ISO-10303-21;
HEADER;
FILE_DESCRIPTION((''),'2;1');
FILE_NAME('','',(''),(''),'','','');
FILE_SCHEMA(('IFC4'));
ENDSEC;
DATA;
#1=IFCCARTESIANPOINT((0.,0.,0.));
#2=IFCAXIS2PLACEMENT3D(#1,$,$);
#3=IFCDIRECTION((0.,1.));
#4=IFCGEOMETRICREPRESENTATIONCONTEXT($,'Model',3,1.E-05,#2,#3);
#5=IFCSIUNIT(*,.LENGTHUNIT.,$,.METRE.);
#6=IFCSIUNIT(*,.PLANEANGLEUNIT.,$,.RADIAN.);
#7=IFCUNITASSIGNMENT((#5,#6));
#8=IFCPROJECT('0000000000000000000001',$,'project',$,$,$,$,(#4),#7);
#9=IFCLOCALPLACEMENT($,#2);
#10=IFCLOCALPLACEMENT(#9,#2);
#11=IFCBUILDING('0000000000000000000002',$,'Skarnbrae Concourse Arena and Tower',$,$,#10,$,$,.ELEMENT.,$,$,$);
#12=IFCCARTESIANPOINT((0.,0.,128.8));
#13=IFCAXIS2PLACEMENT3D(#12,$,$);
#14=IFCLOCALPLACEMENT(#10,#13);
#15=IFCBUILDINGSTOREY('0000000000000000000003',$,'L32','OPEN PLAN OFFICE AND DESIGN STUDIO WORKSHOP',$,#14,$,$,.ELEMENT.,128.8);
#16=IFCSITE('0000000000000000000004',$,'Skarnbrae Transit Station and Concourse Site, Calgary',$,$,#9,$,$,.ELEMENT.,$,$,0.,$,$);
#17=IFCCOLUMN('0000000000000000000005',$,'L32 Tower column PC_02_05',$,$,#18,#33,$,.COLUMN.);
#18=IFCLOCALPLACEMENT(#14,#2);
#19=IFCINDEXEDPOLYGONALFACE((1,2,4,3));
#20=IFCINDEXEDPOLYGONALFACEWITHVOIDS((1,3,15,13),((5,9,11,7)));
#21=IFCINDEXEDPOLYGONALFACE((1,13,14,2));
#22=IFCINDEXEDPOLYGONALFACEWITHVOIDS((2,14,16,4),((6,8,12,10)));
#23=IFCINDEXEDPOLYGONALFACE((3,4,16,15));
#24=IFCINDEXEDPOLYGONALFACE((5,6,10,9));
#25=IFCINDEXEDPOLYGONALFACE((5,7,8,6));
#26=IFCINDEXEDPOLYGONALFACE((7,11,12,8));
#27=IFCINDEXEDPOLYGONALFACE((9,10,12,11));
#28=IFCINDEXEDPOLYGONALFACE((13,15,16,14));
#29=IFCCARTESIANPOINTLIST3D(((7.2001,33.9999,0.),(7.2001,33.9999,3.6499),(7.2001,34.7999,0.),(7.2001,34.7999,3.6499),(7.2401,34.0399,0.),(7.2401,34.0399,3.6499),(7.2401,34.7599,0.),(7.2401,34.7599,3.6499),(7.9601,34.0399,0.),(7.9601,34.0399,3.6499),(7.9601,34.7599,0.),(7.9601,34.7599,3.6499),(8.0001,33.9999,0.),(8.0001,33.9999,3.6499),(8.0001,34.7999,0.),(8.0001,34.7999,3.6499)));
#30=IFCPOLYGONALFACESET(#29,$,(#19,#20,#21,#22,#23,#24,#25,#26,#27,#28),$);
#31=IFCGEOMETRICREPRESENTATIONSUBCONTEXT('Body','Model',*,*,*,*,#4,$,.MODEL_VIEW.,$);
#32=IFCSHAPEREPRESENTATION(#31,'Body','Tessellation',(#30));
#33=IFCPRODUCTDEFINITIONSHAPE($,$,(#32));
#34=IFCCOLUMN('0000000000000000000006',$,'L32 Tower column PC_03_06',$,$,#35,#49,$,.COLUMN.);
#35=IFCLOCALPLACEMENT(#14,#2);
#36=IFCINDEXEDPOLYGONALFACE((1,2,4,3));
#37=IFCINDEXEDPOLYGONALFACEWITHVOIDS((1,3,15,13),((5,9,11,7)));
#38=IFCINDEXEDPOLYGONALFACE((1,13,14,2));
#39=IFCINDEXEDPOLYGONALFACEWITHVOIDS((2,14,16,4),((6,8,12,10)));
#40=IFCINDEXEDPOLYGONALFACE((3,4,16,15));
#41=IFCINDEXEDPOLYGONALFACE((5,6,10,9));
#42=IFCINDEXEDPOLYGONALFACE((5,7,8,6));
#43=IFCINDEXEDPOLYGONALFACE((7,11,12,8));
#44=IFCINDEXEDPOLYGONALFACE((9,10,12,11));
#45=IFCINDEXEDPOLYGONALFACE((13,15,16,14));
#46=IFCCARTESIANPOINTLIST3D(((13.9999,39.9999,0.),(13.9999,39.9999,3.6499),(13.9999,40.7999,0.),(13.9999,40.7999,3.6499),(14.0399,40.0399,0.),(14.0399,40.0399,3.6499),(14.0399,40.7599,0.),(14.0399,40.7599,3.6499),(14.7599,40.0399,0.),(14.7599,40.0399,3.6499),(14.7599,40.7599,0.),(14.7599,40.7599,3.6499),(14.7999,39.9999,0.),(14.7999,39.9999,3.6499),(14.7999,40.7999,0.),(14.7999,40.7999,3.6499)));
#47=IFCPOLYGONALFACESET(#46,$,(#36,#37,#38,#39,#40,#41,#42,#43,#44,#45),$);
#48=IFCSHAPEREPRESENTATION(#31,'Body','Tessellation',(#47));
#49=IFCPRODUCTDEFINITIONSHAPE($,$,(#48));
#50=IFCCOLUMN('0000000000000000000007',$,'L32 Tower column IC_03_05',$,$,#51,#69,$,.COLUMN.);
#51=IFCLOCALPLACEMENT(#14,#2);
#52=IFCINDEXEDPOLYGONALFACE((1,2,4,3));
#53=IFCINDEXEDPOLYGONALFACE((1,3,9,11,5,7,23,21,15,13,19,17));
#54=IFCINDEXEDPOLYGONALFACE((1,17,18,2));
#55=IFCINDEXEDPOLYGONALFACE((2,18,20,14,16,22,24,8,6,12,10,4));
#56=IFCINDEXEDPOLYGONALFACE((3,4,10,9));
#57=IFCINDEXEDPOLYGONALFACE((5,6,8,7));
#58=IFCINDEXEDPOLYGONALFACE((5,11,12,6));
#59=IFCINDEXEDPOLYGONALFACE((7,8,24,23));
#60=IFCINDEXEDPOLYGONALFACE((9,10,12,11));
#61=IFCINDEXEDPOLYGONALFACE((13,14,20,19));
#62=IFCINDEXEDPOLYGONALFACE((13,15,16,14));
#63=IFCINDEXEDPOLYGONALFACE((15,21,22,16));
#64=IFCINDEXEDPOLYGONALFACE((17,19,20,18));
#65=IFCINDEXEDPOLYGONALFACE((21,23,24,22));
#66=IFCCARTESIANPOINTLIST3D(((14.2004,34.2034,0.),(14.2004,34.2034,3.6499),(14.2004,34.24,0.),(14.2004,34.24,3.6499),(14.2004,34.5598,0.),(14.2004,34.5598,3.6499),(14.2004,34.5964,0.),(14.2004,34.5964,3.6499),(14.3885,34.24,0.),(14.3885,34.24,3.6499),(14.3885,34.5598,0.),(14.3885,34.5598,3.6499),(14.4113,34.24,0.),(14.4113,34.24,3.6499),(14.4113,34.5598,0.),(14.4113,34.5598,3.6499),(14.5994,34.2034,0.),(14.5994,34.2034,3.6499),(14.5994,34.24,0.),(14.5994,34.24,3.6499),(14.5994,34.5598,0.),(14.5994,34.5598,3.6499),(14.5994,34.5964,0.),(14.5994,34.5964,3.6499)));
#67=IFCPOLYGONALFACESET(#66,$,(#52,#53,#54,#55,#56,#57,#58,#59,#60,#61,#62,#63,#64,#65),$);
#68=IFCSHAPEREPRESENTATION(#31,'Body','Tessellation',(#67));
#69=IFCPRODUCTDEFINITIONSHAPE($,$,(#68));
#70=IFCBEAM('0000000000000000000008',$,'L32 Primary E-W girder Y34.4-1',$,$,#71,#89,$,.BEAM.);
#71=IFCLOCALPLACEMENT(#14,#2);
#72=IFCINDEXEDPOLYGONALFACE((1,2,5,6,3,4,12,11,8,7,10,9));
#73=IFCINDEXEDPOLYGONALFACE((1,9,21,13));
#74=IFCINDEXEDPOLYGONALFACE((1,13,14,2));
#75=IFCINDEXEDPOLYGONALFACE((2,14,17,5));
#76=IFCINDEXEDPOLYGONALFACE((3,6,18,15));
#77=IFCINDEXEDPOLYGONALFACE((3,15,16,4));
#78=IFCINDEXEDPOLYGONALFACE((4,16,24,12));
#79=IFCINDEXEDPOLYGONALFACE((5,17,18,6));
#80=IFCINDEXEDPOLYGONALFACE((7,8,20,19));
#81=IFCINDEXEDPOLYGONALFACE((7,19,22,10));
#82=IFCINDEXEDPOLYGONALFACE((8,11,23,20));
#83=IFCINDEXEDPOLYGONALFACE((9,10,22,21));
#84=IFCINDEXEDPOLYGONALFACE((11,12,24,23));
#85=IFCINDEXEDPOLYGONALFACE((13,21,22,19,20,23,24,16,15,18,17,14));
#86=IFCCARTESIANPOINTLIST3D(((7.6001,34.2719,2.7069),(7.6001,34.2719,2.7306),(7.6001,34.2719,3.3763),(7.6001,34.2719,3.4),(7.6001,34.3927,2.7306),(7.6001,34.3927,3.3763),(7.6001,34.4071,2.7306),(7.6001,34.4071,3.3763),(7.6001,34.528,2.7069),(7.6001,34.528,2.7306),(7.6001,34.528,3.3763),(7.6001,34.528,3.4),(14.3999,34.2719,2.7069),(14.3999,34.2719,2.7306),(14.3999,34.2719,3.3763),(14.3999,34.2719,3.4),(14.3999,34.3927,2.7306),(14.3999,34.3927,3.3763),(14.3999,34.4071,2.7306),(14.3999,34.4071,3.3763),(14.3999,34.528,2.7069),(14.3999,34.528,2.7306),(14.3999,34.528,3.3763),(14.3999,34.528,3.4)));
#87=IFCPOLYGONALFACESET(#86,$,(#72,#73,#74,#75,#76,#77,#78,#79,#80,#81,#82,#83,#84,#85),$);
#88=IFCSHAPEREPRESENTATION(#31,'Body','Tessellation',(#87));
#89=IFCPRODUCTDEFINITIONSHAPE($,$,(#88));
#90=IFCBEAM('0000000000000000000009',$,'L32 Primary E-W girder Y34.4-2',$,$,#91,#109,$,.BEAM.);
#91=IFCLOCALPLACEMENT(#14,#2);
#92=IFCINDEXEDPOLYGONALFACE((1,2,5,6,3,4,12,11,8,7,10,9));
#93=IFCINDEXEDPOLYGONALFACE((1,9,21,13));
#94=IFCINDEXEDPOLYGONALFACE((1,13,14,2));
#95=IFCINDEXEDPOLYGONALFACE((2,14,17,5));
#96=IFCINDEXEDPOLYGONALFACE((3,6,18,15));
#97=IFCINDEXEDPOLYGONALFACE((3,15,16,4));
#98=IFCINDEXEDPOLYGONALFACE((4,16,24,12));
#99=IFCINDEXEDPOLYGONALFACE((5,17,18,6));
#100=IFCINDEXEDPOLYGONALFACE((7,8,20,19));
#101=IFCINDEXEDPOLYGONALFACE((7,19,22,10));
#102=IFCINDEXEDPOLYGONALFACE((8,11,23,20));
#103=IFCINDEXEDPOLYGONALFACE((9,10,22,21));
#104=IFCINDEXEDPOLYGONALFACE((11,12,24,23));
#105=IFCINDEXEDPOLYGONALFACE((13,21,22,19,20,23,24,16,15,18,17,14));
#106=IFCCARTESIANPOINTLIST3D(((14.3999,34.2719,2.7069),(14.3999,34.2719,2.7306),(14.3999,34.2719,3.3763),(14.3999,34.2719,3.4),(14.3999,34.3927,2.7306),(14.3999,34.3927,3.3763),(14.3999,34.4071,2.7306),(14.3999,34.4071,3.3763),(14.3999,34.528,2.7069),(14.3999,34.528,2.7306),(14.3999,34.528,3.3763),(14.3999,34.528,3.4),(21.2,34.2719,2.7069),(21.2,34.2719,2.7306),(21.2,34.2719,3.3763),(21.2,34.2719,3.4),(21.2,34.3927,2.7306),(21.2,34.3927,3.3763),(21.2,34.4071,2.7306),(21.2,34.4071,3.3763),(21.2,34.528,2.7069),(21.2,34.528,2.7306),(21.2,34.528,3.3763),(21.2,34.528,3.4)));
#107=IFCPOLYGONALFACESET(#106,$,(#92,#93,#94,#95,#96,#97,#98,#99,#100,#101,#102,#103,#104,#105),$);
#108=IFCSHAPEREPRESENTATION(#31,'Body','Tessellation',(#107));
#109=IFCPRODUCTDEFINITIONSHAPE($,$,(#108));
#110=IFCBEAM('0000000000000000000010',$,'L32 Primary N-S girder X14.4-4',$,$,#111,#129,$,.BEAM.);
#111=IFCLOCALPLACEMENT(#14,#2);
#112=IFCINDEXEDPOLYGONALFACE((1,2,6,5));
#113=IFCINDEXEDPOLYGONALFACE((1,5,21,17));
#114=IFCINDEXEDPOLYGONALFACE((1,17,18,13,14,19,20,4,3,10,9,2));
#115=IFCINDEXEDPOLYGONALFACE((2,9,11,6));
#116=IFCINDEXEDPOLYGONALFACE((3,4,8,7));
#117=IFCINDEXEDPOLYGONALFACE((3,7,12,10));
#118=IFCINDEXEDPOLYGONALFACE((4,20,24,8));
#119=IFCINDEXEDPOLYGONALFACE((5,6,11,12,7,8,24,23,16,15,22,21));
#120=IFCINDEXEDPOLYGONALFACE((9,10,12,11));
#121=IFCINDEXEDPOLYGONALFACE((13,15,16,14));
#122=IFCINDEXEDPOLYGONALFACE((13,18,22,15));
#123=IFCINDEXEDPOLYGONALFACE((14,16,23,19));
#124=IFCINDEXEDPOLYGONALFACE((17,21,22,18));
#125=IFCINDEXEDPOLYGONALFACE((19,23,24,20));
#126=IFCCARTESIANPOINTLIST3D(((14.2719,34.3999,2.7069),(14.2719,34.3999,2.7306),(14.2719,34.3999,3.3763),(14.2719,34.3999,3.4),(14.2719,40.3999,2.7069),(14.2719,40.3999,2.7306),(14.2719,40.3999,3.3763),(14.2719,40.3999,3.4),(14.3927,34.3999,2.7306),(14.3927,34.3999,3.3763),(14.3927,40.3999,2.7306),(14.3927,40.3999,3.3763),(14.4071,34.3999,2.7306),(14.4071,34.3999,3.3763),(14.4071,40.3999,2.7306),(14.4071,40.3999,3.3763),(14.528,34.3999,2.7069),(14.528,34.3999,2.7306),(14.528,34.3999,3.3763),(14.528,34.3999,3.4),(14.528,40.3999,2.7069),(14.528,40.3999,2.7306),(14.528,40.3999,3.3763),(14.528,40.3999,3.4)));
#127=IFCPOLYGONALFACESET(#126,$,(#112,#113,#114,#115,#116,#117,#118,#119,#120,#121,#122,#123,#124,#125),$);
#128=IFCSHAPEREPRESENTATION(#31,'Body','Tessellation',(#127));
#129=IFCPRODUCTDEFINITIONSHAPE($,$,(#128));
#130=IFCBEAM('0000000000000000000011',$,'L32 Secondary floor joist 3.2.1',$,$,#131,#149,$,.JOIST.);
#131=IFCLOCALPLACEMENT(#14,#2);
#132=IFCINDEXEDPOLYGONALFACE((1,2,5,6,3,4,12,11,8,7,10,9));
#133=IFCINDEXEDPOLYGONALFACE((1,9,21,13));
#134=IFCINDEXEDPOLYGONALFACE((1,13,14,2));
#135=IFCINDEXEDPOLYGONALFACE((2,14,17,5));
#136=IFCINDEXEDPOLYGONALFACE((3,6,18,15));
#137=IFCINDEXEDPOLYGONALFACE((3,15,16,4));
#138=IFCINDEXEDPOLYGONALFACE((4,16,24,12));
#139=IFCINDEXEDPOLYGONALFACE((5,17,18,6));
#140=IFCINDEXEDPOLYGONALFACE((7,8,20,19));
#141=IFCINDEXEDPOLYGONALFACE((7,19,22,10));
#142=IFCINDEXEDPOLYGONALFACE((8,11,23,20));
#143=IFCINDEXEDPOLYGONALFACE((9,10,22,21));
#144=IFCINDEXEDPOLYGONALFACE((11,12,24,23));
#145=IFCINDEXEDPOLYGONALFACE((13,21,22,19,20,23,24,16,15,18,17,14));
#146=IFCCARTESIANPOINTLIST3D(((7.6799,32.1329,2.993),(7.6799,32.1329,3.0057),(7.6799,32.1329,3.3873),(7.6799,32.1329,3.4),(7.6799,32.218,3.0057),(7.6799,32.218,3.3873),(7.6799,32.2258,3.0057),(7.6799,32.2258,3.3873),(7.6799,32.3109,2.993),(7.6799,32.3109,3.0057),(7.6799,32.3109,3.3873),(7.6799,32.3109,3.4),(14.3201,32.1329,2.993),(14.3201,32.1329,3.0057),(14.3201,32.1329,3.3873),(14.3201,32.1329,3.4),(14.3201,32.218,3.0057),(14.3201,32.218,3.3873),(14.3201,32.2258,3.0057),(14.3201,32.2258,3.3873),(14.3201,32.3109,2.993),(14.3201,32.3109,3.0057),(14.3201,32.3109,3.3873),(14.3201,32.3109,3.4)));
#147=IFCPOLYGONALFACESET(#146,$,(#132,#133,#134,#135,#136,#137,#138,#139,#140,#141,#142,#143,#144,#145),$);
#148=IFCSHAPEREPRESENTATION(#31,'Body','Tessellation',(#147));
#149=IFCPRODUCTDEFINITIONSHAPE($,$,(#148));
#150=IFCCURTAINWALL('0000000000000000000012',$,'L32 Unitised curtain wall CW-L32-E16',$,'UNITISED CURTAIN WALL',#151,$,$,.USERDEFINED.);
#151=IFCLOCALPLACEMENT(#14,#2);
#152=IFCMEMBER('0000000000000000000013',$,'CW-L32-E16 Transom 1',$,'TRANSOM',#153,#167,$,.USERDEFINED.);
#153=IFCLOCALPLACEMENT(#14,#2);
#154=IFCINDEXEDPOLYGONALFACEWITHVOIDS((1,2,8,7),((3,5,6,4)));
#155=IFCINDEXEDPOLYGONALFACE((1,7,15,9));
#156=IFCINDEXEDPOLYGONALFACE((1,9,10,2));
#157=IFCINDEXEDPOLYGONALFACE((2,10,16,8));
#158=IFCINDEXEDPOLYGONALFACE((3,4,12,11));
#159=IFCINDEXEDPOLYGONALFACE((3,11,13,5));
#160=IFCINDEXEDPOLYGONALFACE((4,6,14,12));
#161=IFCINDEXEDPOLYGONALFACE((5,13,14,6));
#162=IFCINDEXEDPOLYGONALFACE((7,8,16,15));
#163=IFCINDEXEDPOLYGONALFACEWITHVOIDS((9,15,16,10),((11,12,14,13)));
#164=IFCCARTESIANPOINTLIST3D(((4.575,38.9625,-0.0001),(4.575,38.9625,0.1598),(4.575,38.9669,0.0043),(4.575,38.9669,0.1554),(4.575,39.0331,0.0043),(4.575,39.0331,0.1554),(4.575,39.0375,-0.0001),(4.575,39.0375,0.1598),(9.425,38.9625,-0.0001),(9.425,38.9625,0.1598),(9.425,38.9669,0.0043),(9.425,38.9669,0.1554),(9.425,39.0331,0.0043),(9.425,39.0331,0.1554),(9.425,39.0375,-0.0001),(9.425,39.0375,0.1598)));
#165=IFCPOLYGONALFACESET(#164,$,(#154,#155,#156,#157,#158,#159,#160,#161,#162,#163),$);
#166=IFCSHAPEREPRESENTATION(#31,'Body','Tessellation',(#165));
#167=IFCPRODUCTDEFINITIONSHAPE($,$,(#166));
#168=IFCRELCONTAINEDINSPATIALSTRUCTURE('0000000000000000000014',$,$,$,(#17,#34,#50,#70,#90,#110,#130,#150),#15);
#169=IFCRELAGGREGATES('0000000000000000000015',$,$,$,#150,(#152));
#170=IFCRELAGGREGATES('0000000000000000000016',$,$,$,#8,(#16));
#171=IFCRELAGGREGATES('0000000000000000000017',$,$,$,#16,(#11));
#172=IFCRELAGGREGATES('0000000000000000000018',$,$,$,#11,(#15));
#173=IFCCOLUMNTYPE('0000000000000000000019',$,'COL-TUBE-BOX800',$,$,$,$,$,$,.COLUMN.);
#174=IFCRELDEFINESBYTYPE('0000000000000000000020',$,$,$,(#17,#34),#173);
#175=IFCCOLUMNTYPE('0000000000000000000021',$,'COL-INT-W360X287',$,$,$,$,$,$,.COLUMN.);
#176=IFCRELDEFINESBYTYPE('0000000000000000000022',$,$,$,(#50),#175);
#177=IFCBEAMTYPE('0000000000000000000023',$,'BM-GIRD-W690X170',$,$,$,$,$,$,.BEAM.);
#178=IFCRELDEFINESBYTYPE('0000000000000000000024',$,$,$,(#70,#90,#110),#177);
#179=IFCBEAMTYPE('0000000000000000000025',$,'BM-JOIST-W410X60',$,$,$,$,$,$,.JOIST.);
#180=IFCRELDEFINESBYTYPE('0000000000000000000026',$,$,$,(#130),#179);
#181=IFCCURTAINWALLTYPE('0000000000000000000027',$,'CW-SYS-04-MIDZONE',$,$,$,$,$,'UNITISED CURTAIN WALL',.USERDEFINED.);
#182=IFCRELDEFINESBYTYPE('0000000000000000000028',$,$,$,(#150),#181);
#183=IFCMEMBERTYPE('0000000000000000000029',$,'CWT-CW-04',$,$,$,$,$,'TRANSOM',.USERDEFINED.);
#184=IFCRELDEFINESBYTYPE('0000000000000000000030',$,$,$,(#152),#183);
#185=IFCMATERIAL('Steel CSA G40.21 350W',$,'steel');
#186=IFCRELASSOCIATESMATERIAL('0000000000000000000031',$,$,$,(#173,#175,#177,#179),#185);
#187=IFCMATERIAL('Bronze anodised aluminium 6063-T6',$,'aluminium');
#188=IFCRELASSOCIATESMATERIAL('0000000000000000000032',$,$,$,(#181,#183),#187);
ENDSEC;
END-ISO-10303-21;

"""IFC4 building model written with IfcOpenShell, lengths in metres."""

from ifc_helpers import new_model, si_unit, direction, frame, origin, origin_2d, place, context, subcontext, project, spatial, hollow_rectangle, i_section, extrude, source, transform, mapped, material, material_profile, profile_set, type_object, element, aggregate, save


model = new_model("IFC4")

# Units and contexts
model_context = context("Model", 3, precision=1e-05, world=origin(), true_north=direction((0.0, 1.0)))
body_context = subcontext(model_context, "Body", "Model", "MODEL_VIEW")
ifc_project = project(units=[si_unit("LENGTHUNIT", "METRE"), si_unit("PLANEANGLEUNIT", "RADIAN")], contexts=[model_context])

# Site, building, storey
site_placement = place(None, origin())
site = spatial("IfcSite", under=ifc_project, at=site_placement, Name="Skarnbrae Transit Station and Concourse Site, Calgary", CompositionType="ELEMENT", RefElevation=0.0)
building_placement = place(site_placement, origin())
building = spatial("IfcBuilding", under=site, at=building_placement, Name="Skarnbrae Concourse Arena and Tower", CompositionType="ELEMENT")
storey_placement = place(building_placement, frame((0.0, 0.0, 128.8)))
storey = spatial("IfcBuildingStorey", under=building, at=storey_placement, Name="L32", Description="OPEN PLAN OFFICE AND DESIGN STUDIO WORKSHOP", CompositionType="ELEMENT", Elevation=128.8)

# Columns
ifc_material_1 = material(Name="Steel CSA G40.21 350W", Category="steel")
ifc_material_profile_1 = material_profile(ifc_material_1, hollow_rectangle(XDim=0.8, YDim=0.8, WallThickness=0.04, at=origin_2d()), Name="BOX800X800X40")
ifc_profile_set_1 = profile_set([ifc_material_profile_1], Name="Steel CSA G40.21 350W")
column_type_1 = type_object("IfcColumnType", Name="COL-TUBE-BOX800", PredefinedType="COLUMN", material=ifc_profile_set_1)
shared_shape_1 = source(origin(), body_context, "Body", "SweptSolid", [
    extrude(hollow_rectangle(XDim=0.8, YDim=0.8, WallThickness=0.04, at=origin_2d()), origin(), (0.0, 0.0, 1.0), 3.6499),
])
for number, where, z_axis, x_axis, name in (
    (1, (7.6001, 34.3999, 0.0), (0.0, 0.0, 1.0), (1.0, 0.0, 0.0), "L32 Tower column PC_02_05"),
    (2, (14.3999, 40.3999, 0.0), (0.0, 0.0, 1.0), (1.0, 0.0, 0.0), "L32 Tower column PC_03_06"),
):
    element("IfcColumn", number, at=place(storey_placement, frame(where, z_axis=z_axis, x_axis=x_axis)), inside=storey, type_object=column_type_1, Name=name, PredefinedType="COLUMN", context=body_context, shape_type="MappedRepresentation", body=[
        mapped(shared_shape_1, transform((0.0, 0.0, 0.0))),
    ])
ifc_material_profile_2 = material_profile(ifc_material_1, i_section(OverallWidth=0.3989, OverallDepth=0.3931, WebThickness=0.0227, FlangeThickness=0.0366, at=origin_2d()), Name="W360X287")
ifc_profile_set_2 = profile_set([ifc_material_profile_2], Name="Steel CSA G40.21 350W")
column_type_2 = type_object("IfcColumnType", Name="COL-INT-W360X287", PredefinedType="COLUMN", material=ifc_profile_set_2)
shared_shape_2 = source(origin(), body_context, "Body", "SweptSolid", [
    extrude(i_section(OverallWidth=0.3989, OverallDepth=0.3931, WebThickness=0.0227, FlangeThickness=0.0366, at=origin_2d()), origin(), (0.0, 0.0, 1.0), 3.6499),
])
column_placement = place(storey_placement, frame((14.3999, 34.3999, 0.0), z_axis=(0.0, 0.0, 1.0), x_axis=(1.0, 0.0, 0.0)))
element("IfcColumn", 3, at=column_placement, inside=storey, type_object=column_type_2, Name="L32 Tower column IC_03_05", PredefinedType="COLUMN", context=body_context, shape_type="MappedRepresentation", body=[
    mapped(shared_shape_2, transform((0.0, 0.0, 0.0))),
])

# Beams
ifc_material_profile_3 = material_profile(ifc_material_1, i_section(OverallWidth=0.2561, OverallDepth=0.6931, WebThickness=0.0144, FlangeThickness=0.0237, at=origin_2d()), Name="W690X170")
ifc_profile_set_3 = profile_set([ifc_material_profile_3], Name="Steel CSA G40.21 350W")
beam_type_1 = type_object("IfcBeamType", Name="BM-GIRD-W690X170", PredefinedType="BEAM", material=ifc_profile_set_3)
shared_shape_3 = source(origin(), body_context, "Body", "SweptSolid", [
    extrude(i_section(OverallWidth=0.2561, OverallDepth=0.6931, WebThickness=0.0144, FlangeThickness=0.0237, at=origin_2d()), origin(), (0.0, 0.0, 1.0), 6.7998),
])
beam_1_placement = place(storey_placement, frame((7.6001, 34.3999, 3.0535), z_axis=(1.0, 0.0, 0.0), x_axis=(0.0, 1.0, 0.0)))
element("IfcBeam", 4, at=beam_1_placement, inside=storey, type_object=beam_type_1, Name="L32 Primary E-W girder Y34.4-1", PredefinedType="BEAM", context=body_context, shape_type="MappedRepresentation", body=[
    mapped(shared_shape_3, transform((0.0, 0.0, 0.0))),
])
shared_shape_4 = source(origin(), body_context, "Body", "SweptSolid", [
    extrude(i_section(OverallWidth=0.2561, OverallDepth=0.6931, WebThickness=0.0144, FlangeThickness=0.0237, at=origin_2d()), origin(), (0.0, 0.0, 1.0), 6.8),
])
beam_2_placement = place(storey_placement, frame((14.3999, 34.3999, 3.0535), z_axis=(1.0, 0.0, 0.0), x_axis=(0.0, 1.0, 0.0)))
element("IfcBeam", 5, at=beam_2_placement, inside=storey, type_object=beam_type_1, Name="L32 Primary E-W girder Y34.4-2", PredefinedType="BEAM", context=body_context, shape_type="MappedRepresentation", body=[
    mapped(shared_shape_4, transform((0.0, 0.0, 0.0))),
])
shared_shape_5 = source(origin(), body_context, "Body", "SweptSolid", [
    extrude(i_section(OverallWidth=0.2561, OverallDepth=0.6931, WebThickness=0.0144, FlangeThickness=0.0237, at=origin_2d()), origin(), (0.0, 0.0, 1.0), 6.0),
])
beam_3_placement = place(storey_placement, frame((14.3999, 34.3999, 3.0535), z_axis=(0.0, 1.0, 0.0), x_axis=(-1.0, 0.0, 0.0)))
element("IfcBeam", 6, at=beam_3_placement, inside=storey, type_object=beam_type_1, Name="L32 Primary N-S girder X14.4-4", PredefinedType="BEAM", context=body_context, shape_type="MappedRepresentation", body=[
    mapped(shared_shape_5, transform((0.0, 0.0, 0.0))),
])
ifc_material_profile_4 = material_profile(ifc_material_1, i_section(OverallWidth=0.178, OverallDepth=0.407, WebThickness=0.0078, FlangeThickness=0.0127, at=origin_2d()), Name="W410X60")
ifc_profile_set_4 = profile_set([ifc_material_profile_4], Name="Steel CSA G40.21 350W")
beam_type_2 = type_object("IfcBeamType", Name="BM-JOIST-W410X60", PredefinedType="JOIST", material=ifc_profile_set_4)
shared_shape_6 = source(origin(), body_context, "Body", "SweptSolid", [
    extrude(i_section(OverallWidth=0.178, OverallDepth=0.407, WebThickness=0.0078, FlangeThickness=0.0127, at=origin_2d()), origin(), (0.0, 0.0, 1.0), 6.6401),
])
beam_4_placement = place(storey_placement, frame((7.6799, 32.2219, 3.1965), z_axis=(1.0, 0.0, 0.0), x_axis=(0.0, 1.0, 0.0)))
element("IfcBeam", 7, at=beam_4_placement, inside=storey, type_object=beam_type_2, Name="L32 Secondary floor joist 3.2.1", PredefinedType="JOIST", context=body_context, shape_type="MappedRepresentation", body=[
    mapped(shared_shape_6, transform((0.0, 0.0, 0.0))),
])

# Curtain wall, member
ifc_material_2 = material(Name="Bronze anodised aluminium 6063-T6", Category="aluminium")
curtain_wall_type = type_object("IfcCurtainWallType", Name="CW-SYS-04-MIDZONE", ElementType="UNITISED CURTAIN WALL", PredefinedType="USERDEFINED", material=ifc_material_2)
curtain_wall_1_placement = place(storey_placement, origin())
curtain_wall_1 = element("IfcCurtainWall", 8, at=curtain_wall_1_placement, inside=storey, type_object=curtain_wall_type, Name="L32 Unitised curtain wall CW-L32-E16", ObjectType="UNITISED CURTAIN WALL", PredefinedType="USERDEFINED")
ifc_material_profile_5 = material_profile(ifc_material_2, hollow_rectangle(XDim=0.075, YDim=0.1599, WallThickness=0.0044, at=origin_2d()), Name="ALU-TRAN-75X160")
ifc_profile_set_5 = profile_set([ifc_material_profile_5], Name="Bronze anodised aluminium 6063-T6")
member_type_1 = type_object("IfcMemberType", Name="CWT-CW-04", ElementType="TRANSOM", PredefinedType="USERDEFINED", material=ifc_profile_set_5)
shared_shape_7 = source(origin(), body_context, "Body", "SweptSolid", [
    extrude(hollow_rectangle(XDim=0.075, YDim=0.1599, WallThickness=0.0044, at=origin_2d()), origin(), (0.0, 0.0, 1.0), 4.8501),
])
member_1_placement = place(storey_placement, frame((9.425, 39.0, 0.0798), z_axis=(-1.0, 0.0, 0.0), x_axis=(0.0, -1.0, 0.0)))
member_1 = element("IfcMember", 9, at=member_1_placement, type_object=member_type_1, Name="CW-L32-E16 Transom 1", ObjectType="TRANSOM", PredefinedType="USERDEFINED", context=body_context, shape_type="MappedRepresentation", body=[
    mapped(shared_shape_7, transform((0.0, 0.0, 0.0))),
])

aggregate(curtain_wall_1, [member_1])

save(model, "model.ifc")
